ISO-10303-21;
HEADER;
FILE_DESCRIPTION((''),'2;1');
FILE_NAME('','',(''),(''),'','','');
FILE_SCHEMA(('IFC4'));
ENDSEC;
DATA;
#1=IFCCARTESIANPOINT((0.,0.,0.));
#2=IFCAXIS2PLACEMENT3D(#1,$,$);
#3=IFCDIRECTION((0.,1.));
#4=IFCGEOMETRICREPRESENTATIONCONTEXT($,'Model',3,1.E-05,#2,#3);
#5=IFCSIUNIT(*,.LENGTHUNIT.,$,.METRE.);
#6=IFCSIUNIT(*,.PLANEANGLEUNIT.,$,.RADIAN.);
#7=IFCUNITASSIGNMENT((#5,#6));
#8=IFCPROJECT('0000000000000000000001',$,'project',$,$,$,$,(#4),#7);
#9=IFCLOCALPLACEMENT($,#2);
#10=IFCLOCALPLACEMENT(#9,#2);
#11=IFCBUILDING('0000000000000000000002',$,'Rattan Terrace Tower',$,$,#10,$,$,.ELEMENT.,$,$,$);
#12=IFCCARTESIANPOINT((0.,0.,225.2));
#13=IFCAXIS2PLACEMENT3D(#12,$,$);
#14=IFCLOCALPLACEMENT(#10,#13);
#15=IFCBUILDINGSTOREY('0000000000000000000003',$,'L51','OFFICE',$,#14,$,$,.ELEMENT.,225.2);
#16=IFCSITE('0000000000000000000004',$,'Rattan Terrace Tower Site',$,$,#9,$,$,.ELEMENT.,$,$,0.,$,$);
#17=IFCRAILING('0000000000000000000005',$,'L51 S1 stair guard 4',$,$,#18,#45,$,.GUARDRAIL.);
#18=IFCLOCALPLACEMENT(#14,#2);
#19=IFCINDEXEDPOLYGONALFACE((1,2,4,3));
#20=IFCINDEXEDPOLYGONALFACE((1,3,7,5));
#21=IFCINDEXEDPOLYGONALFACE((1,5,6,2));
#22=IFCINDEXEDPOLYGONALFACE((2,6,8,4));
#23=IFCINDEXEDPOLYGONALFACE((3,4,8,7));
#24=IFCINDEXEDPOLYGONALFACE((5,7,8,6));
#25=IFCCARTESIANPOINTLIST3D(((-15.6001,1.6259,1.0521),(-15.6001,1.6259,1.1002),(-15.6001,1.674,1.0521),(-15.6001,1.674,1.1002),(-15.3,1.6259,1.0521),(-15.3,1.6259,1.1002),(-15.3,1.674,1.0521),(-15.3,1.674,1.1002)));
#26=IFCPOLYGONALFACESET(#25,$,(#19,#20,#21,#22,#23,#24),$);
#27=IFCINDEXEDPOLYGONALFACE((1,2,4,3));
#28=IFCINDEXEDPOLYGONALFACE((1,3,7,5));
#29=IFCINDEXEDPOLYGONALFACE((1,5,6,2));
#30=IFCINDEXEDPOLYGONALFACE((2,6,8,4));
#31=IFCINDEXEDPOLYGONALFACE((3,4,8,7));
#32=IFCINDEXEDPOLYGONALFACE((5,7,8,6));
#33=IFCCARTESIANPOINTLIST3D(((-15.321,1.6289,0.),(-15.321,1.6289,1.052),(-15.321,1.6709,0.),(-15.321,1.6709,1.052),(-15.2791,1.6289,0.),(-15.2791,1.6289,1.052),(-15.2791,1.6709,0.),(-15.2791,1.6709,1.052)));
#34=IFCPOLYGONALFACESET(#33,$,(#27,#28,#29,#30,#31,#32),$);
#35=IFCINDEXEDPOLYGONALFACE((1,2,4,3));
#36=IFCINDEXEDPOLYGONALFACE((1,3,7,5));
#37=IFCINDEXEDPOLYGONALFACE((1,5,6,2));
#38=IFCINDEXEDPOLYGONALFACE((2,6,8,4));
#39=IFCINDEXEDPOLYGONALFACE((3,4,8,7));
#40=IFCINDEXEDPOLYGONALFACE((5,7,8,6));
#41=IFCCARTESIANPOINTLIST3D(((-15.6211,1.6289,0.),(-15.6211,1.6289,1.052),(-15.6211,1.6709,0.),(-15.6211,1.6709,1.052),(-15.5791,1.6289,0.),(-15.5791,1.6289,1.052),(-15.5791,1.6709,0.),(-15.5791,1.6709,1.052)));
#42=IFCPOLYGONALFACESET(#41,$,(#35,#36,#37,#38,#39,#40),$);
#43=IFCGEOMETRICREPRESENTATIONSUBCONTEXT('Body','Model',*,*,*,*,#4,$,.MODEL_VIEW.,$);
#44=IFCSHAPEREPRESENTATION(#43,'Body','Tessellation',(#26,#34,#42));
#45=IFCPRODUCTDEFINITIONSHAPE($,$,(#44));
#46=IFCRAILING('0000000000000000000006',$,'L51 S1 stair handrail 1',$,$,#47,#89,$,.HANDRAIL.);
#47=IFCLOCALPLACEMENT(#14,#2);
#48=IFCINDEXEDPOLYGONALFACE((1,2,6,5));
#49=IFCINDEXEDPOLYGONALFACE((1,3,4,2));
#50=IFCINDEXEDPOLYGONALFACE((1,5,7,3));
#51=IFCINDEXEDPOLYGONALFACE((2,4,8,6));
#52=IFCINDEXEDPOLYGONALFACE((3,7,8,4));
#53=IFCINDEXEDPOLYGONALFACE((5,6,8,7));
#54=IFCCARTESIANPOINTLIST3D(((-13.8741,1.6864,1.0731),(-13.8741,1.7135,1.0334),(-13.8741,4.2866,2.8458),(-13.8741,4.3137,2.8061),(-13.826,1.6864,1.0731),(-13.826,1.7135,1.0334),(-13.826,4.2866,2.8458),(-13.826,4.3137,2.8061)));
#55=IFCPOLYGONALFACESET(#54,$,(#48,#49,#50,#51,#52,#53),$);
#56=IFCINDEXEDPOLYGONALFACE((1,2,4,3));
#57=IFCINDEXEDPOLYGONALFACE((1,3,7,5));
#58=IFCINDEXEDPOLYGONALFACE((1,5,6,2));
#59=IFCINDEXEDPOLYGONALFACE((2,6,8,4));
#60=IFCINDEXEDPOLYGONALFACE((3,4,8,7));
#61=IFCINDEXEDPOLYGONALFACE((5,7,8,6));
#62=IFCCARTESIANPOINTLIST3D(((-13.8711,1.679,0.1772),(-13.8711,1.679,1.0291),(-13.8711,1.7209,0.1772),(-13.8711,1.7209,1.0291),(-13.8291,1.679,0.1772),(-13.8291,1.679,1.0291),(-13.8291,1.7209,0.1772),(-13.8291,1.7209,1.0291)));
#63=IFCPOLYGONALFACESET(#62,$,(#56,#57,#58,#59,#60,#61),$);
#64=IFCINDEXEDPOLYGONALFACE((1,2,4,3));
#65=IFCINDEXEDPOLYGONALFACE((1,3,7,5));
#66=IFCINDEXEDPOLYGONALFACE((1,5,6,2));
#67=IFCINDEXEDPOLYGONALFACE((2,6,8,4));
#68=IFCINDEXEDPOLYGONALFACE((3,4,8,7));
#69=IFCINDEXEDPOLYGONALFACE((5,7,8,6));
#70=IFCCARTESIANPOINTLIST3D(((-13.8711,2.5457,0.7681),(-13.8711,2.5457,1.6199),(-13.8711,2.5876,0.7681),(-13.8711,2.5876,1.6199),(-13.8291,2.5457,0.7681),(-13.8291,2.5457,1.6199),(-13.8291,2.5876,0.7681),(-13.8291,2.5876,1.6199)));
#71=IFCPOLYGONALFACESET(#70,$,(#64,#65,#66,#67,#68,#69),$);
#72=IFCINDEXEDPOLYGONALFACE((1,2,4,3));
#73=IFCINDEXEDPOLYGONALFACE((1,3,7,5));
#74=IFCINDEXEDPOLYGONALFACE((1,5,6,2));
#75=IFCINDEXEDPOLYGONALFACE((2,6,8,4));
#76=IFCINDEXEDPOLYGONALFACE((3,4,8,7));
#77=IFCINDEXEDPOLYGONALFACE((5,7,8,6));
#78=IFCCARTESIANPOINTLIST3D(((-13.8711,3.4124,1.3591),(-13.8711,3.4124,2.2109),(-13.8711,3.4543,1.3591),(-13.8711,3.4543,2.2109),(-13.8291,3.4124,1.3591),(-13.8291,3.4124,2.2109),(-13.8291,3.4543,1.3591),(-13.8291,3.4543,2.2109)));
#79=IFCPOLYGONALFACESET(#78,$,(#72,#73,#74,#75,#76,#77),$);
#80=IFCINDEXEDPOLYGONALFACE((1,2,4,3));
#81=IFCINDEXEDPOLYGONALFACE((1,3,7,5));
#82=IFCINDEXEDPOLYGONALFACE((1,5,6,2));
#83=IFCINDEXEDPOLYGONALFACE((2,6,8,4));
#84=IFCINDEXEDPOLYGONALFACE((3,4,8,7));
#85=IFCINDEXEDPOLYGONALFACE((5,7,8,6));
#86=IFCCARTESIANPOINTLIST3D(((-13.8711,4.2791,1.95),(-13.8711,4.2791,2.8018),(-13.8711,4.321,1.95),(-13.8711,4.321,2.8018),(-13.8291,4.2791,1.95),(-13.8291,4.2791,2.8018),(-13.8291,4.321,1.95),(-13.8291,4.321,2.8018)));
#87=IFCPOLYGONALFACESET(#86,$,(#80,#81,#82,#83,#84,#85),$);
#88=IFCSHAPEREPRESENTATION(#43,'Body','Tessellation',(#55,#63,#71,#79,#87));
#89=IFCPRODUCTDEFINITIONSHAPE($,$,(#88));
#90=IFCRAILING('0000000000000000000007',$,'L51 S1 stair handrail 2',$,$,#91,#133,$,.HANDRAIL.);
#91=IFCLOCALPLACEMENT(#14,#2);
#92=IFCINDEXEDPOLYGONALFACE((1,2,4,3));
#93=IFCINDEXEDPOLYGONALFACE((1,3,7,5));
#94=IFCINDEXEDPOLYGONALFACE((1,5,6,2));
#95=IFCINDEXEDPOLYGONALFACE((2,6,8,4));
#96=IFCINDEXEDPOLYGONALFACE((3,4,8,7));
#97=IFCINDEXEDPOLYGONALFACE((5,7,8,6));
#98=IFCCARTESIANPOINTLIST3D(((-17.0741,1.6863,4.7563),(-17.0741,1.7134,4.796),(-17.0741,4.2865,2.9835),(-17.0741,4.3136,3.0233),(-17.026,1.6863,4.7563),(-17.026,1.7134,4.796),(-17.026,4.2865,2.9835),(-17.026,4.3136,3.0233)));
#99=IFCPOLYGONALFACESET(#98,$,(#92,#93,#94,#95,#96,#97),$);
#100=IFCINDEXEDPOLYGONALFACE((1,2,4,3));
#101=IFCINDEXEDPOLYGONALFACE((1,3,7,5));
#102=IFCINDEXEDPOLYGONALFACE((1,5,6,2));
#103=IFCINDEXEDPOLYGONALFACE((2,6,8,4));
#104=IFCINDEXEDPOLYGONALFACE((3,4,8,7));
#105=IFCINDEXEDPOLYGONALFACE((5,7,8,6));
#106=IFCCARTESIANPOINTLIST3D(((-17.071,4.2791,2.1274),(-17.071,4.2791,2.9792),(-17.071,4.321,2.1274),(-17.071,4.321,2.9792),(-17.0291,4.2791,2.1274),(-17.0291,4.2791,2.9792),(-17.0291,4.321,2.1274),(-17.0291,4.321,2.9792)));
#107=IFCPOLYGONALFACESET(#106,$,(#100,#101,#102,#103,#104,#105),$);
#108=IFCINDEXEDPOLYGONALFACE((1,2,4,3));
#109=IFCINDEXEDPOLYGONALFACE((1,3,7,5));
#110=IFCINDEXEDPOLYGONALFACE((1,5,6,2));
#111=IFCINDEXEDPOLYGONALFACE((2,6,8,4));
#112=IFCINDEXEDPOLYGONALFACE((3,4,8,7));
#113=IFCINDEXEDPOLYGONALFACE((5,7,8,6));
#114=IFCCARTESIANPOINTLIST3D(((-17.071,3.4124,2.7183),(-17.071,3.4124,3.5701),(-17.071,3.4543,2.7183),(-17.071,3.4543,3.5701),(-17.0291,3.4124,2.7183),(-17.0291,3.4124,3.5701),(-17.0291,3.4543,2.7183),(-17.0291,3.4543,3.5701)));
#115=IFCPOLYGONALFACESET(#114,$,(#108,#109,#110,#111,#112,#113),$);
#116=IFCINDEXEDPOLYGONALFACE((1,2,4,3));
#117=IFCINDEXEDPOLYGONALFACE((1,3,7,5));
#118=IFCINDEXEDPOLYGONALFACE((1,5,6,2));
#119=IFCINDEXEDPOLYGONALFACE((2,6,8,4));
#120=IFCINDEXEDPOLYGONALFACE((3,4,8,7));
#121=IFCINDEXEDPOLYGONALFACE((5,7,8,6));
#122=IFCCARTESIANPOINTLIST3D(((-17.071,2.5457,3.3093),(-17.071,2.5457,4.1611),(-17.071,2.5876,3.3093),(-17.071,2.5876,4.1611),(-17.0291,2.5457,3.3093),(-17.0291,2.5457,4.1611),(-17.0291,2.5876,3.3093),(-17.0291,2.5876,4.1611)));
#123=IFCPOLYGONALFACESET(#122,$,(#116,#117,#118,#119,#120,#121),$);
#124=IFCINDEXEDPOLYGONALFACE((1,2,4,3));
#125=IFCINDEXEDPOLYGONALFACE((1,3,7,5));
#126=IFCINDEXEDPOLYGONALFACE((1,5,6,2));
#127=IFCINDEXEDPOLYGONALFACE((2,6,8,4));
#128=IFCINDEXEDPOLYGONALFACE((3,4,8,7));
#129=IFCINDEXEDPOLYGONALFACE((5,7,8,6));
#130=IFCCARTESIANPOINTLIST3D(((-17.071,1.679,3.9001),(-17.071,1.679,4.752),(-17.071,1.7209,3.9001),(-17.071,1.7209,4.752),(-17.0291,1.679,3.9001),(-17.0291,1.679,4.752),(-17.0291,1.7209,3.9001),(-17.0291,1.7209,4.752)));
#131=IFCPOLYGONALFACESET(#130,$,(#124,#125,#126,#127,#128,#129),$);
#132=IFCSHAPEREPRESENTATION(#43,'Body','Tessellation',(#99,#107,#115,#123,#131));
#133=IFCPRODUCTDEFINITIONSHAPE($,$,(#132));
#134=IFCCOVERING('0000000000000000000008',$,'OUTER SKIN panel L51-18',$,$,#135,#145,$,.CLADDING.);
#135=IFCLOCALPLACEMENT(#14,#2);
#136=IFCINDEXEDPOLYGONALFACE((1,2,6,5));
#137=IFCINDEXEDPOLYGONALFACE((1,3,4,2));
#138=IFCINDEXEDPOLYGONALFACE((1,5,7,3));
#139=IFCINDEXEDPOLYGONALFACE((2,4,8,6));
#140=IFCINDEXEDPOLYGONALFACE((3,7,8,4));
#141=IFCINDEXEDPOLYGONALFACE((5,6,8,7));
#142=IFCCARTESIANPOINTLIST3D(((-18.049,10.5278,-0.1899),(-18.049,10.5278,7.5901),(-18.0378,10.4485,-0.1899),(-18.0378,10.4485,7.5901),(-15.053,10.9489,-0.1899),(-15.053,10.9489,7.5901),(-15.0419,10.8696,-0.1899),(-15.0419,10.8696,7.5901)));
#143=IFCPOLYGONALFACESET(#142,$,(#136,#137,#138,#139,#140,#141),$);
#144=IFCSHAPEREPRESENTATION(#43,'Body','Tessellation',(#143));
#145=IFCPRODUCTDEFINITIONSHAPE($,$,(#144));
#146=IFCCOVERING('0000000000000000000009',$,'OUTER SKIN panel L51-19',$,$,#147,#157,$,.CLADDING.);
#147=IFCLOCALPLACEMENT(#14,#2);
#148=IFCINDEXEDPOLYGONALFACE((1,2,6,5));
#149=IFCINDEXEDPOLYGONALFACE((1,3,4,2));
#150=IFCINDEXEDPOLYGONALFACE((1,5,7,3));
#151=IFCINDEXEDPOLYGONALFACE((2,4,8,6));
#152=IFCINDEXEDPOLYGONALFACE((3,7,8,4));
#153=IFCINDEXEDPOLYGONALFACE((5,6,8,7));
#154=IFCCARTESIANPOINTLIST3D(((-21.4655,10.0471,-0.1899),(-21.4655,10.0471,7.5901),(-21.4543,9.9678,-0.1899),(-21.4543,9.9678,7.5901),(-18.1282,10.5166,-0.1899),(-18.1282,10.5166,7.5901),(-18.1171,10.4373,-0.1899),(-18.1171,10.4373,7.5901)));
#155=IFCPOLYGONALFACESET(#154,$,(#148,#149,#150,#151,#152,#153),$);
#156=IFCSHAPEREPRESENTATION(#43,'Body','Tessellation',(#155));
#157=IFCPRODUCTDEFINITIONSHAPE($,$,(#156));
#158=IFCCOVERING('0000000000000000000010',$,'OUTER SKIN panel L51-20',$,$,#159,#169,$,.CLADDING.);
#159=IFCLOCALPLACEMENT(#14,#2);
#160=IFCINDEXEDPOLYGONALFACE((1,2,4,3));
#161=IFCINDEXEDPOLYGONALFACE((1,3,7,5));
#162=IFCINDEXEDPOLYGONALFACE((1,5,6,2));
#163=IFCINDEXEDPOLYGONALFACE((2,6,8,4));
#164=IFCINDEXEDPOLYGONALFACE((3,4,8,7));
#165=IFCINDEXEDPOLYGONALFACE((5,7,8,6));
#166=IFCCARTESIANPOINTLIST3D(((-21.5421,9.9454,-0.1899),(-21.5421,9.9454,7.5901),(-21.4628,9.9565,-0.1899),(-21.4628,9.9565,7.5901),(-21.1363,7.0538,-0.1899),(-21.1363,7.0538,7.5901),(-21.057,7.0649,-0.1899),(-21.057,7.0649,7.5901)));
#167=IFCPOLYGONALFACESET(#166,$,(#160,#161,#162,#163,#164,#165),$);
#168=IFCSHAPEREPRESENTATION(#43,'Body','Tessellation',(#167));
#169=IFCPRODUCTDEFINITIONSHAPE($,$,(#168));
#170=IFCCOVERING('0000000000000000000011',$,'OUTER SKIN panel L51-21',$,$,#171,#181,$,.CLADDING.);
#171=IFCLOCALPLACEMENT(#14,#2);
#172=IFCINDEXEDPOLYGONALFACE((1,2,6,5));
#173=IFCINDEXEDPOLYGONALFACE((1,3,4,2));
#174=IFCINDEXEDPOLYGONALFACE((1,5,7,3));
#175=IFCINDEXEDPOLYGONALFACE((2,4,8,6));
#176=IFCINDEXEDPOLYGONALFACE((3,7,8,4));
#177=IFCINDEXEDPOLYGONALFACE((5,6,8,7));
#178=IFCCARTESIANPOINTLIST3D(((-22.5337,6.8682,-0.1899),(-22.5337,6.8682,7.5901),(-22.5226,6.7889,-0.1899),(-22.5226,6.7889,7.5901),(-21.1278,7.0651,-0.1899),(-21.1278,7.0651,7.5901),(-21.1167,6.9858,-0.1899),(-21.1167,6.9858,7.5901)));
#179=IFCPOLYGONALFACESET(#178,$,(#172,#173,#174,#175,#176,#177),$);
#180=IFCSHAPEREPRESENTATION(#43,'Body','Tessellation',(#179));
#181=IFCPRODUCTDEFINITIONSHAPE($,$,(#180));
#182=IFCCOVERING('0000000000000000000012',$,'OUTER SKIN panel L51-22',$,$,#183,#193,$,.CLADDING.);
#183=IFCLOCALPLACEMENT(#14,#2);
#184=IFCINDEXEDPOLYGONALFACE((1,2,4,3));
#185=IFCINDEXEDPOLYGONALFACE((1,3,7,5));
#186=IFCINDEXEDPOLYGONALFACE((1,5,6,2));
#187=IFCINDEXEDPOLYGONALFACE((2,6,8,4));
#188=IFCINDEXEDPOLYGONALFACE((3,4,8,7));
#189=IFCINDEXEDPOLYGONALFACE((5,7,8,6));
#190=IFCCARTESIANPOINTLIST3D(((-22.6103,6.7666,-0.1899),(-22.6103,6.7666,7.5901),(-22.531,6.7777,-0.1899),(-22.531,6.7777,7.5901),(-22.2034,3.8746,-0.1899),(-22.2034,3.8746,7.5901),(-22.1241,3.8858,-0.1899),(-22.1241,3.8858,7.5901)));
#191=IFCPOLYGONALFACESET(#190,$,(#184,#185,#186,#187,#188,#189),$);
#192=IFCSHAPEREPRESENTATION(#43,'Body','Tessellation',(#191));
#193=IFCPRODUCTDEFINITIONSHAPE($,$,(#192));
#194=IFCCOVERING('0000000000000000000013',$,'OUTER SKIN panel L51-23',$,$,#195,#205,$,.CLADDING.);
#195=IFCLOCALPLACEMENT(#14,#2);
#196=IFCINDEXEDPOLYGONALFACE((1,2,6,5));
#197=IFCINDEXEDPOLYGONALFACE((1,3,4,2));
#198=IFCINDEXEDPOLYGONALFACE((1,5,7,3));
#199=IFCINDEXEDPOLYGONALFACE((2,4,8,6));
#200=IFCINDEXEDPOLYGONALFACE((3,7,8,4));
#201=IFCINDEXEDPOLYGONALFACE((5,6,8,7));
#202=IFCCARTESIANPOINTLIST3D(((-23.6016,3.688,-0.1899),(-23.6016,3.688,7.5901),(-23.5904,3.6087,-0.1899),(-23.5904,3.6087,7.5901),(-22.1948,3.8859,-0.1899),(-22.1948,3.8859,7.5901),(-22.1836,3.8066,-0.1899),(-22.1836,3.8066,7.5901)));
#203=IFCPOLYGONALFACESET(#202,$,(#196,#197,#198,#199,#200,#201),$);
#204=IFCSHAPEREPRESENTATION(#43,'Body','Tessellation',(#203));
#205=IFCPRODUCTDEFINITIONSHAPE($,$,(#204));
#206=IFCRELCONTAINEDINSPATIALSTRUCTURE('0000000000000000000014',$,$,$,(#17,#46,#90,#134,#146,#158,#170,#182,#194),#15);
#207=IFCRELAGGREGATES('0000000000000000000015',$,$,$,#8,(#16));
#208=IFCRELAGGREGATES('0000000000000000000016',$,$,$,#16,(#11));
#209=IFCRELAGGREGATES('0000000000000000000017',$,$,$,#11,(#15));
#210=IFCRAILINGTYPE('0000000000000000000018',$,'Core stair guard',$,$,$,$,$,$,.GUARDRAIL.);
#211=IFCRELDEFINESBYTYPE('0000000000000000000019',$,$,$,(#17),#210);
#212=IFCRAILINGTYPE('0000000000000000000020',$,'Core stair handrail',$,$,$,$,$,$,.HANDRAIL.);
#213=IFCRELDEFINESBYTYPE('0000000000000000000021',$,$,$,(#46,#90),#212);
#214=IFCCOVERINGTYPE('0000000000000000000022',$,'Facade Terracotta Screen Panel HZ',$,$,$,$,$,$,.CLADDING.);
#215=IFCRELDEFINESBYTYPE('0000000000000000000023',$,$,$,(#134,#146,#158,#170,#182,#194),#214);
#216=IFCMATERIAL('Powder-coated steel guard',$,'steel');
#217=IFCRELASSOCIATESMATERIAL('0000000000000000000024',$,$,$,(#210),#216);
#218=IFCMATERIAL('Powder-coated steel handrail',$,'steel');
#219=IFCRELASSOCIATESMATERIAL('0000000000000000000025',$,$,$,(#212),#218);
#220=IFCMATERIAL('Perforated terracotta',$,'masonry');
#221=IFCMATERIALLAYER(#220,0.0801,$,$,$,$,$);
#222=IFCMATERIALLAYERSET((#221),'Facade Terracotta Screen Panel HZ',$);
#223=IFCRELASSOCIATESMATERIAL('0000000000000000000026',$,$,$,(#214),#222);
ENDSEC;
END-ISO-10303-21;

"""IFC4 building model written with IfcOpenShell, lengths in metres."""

from ifc_helpers import new_model, si_unit, direction, frame, origin, origin_2d, place, context, subcontext, project, spatial, rectangle, extrude, material, layer, layer_set, type_object, element, save


model = new_model("IFC4")

# Units and contexts
model_context = context("Model", 3, precision=1e-05, world=origin(), true_north=direction((0.0, 1.0)))
body_context = subcontext(model_context, "Body", "Model", "MODEL_VIEW")
ifc_project = project(units=[si_unit("LENGTHUNIT", "METRE"), si_unit("PLANEANGLEUNIT", "RADIAN")], contexts=[model_context])

# Site, building, storey
site_placement = place(None, origin())
site = spatial("IfcSite", under=ifc_project, at=site_placement, Name="Rattan Terrace Tower Site", CompositionType="ELEMENT", RefElevation=0.0)
building_placement = place(site_placement, origin())
building = spatial("IfcBuilding", under=site, at=building_placement, Name="Rattan Terrace Tower", CompositionType="ELEMENT")
storey_placement = place(building_placement, frame((0.0, 0.0, 225.2)))
storey = spatial("IfcBuildingStorey", under=building, at=storey_placement, Name="L51", Description="OFFICE", CompositionType="ELEMENT", Elevation=225.2)

# Railings
ifc_material_1 = material(Name="Powder-coated steel guard", Category="steel")
railing_type_1 = type_object("IfcRailingType", Name="Core stair guard", PredefinedType="GUARDRAIL", material=ifc_material_1)
railing_1_placement = place(storey_placement, frame((-15.3, 1.6499, 0.0)))
element("IfcRailing", 1, at=railing_1_placement, inside=storey, type_object=railing_type_1, Name="L51 S1 stair guard 4", PredefinedType="GUARDRAIL", context=body_context, shape_type="SweptSolid", body=[
    extrude(rectangle(XDim=0.0481, YDim=0.0481, at=origin_2d()), frame((0.0, 0.0, 1.0762), z_axis=(-1.0, 0.0, 0.0), x_axis=(0.0, -1.0, 0.0)), (0.0, 0.0, 1.0), 0.3),
    extrude(rectangle(XDim=0.042, YDim=0.042, at=origin_2d()), origin(), (0.0, 0.0, 1.0), 1.052),
    extrude(rectangle(XDim=0.042, YDim=0.042, at=origin_2d()), frame((-0.3, 0.0, 0.0)), (0.0, 0.0, 1.0), 1.052),
])
ifc_material_2 = material(Name="Powder-coated steel handrail", Category="steel")
railing_type_2 = type_object("IfcRailingType", Name="Core stair handrail", PredefinedType="HANDRAIL", material=ifc_material_2)
railing_2_placement = place(storey_placement, frame((-13.8501, 1.7, 0.1772)))
element("IfcRailing", 2, at=railing_2_placement, inside=storey, type_object=railing_type_2, Name="L51 S1 stair handrail 1", PredefinedType="HANDRAIL", context=body_context, shape_type="SweptSolid", body=[
    extrude(rectangle(XDim=0.0481, YDim=0.0481, at=origin_2d()), frame((0.0, 0.0, 0.876), z_axis=(0.0, 0.82624, 0.563318), x_axis=(-1.0, 0.0, 0.0)), (0.0, 0.0, 1.0), 3.147),
    extrude(rectangle(XDim=0.042, YDim=0.042, at=origin_2d()), origin(), (0.0, 0.0, 1.0), 0.8518),
    extrude(rectangle(XDim=0.042, YDim=0.042, at=origin_2d()), frame((0.0, 0.8667, 0.5908)), (0.0, 0.0, 1.0), 0.8518),
    extrude(rectangle(XDim=0.042, YDim=0.042, at=origin_2d()), frame((0.0, 1.7334, 1.1819)), (0.0, 0.0, 1.0), 0.8518),
    extrude(rectangle(XDim=0.042, YDim=0.042, at=origin_2d()), frame((0.0, 2.6001, 1.7727)), (0.0, 0.0, 1.0), 0.8518),
])
railing_3_placement = place(storey_placement, frame((-17.05, 4.3, 2.1274)))
element("IfcRailing", 3, at=railing_3_placement, inside=storey, type_object=railing_type_2, Name="L51 S1 stair handrail 2", PredefinedType="HANDRAIL", context=body_context, shape_type="SweptSolid", body=[
    extrude(rectangle(XDim=0.0481, YDim=0.0481, at=origin_2d()), frame((0.0, 0.0, 0.876), z_axis=(0.0, -0.82624, 0.563318), x_axis=(1.0, 0.0, 0.0)), (0.0, 0.0, 1.0), 3.147),
    extrude(rectangle(XDim=0.042, YDim=0.042, at=origin_2d()), origin(), (0.0, 0.0, 1.0), 0.8518),
    extrude(rectangle(XDim=0.042, YDim=0.042, at=origin_2d()), frame((0.0, -0.8667, 0.5908)), (0.0, 0.0, 1.0), 0.8518),
    extrude(rectangle(XDim=0.042, YDim=0.042, at=origin_2d()), frame((0.0, -1.7334, 1.1819)), (0.0, 0.0, 1.0), 0.8518),
    extrude(rectangle(XDim=0.042, YDim=0.042, at=origin_2d()), frame((0.0, -2.6001, 1.7727)), (0.0, 0.0, 1.0), 0.8518),
])

# Coverings
ifc_material_3 = material(Name="Perforated terracotta", Category="masonry")
ifc_layer_1 = layer(ifc_material_3, 0.0801)
ifc_layer_set_1 = layer_set([ifc_layer_1], Name="Facade Terracotta Screen Panel HZ")
covering_type = type_object("IfcCoveringType", Name="Facade Terracotta Screen Panel HZ", PredefinedType="CLADDING", material=ifc_layer_set_1)
covering_1_placement = place(storey_placement, frame((-16.5454, 10.6987, -0.1899), z_axis=(0.0, 0.0, 1.0), x_axis=(-0.990267, -0.139177, 0.0)))
element("IfcCovering", 4, at=covering_1_placement, inside=storey, type_object=covering_type, Name="OUTER SKIN panel L51-18", PredefinedType="CLADDING", context=body_context, shape_type="SweptSolid", body=[
    extrude(rectangle(XDim=3.0254, YDim=0.0801, at=origin_2d()), origin(), (0.0, 0.0, 1.0), 7.78),
])
covering_2_placement = place(storey_placement, frame((-19.7913, 10.2422, -0.1899), z_axis=(0.0, 0.0, 1.0), x_axis=(-0.990247, -0.139321, 0.0)))
element("IfcCovering", 5, at=covering_2_placement, inside=storey, type_object=covering_type, Name="OUTER SKIN panel L51-19", PredefinedType="CLADDING", context=body_context, shape_type="SweptSolid", body=[
    extrude(rectangle(XDim=3.3701, YDim=0.0801, at=origin_2d()), origin(), (0.0, 0.0, 1.0), 7.78),
])
covering_3_placement = place(storey_placement, frame((-21.2996, 8.5051, -0.1899), z_axis=(0.0, 0.0, 1.0), x_axis=(0.138994, -0.990293, 0.0)))
element("IfcCovering", 6, at=covering_3_placement, inside=storey, type_object=covering_type, Name="OUTER SKIN panel L51-20", PredefinedType="CLADDING", context=body_context, shape_type="SweptSolid", body=[
    extrude(rectangle(XDim=2.9199, YDim=0.0801, at=origin_2d()), origin(), (0.0, 0.0, 1.0), 7.78),
])
covering_4_placement = place(storey_placement, frame((-21.8252, 6.927, -0.1899), z_axis=(0.0, 0.0, 1.0), x_axis=(-0.990333, -0.138713, 0.0)))
element("IfcCovering", 7, at=covering_4_placement, inside=storey, type_object=covering_type, Name="OUTER SKIN panel L51-21", PredefinedType="CLADDING", context=body_context, shape_type="SweptSolid", body=[
    extrude(rectangle(XDim=1.4197, YDim=0.0801, at=origin_2d()), origin(), (0.0, 0.0, 1.0), 7.78),
])
covering_5_placement = place(storey_placement, frame((-22.3672, 5.3262, -0.1899), z_axis=(0.0, 0.0, 1.0), x_axis=(0.139321, -0.990247, 0.0)))
element("IfcCovering", 8, at=covering_5_placement, inside=storey, type_object=covering_type, Name="OUTER SKIN panel L51-22", PredefinedType="CLADDING", context=body_context, shape_type="SweptSolid", body=[
    extrude(rectangle(XDim=2.9204, YDim=0.0801, at=origin_2d()), origin(), (0.0, 0.0, 1.0), 7.78),
])
covering_6_placement = place(storey_placement, frame((-22.8926, 3.7473, -0.1899), z_axis=(0.0, 0.0, 1.0), x_axis=(-0.990254, -0.139275, 0.0)))
element("IfcCovering", 9, at=covering_6_placement, inside=storey, type_object=covering_type, Name="OUTER SKIN panel L51-23", PredefinedType="CLADDING", context=body_context, shape_type="SweptSolid", body=[
    extrude(rectangle(XDim=1.4207, YDim=0.0801, at=origin_2d()), origin(), (0.0, 0.0, 1.0), 7.78),
])

save(model, "model.ifc")
